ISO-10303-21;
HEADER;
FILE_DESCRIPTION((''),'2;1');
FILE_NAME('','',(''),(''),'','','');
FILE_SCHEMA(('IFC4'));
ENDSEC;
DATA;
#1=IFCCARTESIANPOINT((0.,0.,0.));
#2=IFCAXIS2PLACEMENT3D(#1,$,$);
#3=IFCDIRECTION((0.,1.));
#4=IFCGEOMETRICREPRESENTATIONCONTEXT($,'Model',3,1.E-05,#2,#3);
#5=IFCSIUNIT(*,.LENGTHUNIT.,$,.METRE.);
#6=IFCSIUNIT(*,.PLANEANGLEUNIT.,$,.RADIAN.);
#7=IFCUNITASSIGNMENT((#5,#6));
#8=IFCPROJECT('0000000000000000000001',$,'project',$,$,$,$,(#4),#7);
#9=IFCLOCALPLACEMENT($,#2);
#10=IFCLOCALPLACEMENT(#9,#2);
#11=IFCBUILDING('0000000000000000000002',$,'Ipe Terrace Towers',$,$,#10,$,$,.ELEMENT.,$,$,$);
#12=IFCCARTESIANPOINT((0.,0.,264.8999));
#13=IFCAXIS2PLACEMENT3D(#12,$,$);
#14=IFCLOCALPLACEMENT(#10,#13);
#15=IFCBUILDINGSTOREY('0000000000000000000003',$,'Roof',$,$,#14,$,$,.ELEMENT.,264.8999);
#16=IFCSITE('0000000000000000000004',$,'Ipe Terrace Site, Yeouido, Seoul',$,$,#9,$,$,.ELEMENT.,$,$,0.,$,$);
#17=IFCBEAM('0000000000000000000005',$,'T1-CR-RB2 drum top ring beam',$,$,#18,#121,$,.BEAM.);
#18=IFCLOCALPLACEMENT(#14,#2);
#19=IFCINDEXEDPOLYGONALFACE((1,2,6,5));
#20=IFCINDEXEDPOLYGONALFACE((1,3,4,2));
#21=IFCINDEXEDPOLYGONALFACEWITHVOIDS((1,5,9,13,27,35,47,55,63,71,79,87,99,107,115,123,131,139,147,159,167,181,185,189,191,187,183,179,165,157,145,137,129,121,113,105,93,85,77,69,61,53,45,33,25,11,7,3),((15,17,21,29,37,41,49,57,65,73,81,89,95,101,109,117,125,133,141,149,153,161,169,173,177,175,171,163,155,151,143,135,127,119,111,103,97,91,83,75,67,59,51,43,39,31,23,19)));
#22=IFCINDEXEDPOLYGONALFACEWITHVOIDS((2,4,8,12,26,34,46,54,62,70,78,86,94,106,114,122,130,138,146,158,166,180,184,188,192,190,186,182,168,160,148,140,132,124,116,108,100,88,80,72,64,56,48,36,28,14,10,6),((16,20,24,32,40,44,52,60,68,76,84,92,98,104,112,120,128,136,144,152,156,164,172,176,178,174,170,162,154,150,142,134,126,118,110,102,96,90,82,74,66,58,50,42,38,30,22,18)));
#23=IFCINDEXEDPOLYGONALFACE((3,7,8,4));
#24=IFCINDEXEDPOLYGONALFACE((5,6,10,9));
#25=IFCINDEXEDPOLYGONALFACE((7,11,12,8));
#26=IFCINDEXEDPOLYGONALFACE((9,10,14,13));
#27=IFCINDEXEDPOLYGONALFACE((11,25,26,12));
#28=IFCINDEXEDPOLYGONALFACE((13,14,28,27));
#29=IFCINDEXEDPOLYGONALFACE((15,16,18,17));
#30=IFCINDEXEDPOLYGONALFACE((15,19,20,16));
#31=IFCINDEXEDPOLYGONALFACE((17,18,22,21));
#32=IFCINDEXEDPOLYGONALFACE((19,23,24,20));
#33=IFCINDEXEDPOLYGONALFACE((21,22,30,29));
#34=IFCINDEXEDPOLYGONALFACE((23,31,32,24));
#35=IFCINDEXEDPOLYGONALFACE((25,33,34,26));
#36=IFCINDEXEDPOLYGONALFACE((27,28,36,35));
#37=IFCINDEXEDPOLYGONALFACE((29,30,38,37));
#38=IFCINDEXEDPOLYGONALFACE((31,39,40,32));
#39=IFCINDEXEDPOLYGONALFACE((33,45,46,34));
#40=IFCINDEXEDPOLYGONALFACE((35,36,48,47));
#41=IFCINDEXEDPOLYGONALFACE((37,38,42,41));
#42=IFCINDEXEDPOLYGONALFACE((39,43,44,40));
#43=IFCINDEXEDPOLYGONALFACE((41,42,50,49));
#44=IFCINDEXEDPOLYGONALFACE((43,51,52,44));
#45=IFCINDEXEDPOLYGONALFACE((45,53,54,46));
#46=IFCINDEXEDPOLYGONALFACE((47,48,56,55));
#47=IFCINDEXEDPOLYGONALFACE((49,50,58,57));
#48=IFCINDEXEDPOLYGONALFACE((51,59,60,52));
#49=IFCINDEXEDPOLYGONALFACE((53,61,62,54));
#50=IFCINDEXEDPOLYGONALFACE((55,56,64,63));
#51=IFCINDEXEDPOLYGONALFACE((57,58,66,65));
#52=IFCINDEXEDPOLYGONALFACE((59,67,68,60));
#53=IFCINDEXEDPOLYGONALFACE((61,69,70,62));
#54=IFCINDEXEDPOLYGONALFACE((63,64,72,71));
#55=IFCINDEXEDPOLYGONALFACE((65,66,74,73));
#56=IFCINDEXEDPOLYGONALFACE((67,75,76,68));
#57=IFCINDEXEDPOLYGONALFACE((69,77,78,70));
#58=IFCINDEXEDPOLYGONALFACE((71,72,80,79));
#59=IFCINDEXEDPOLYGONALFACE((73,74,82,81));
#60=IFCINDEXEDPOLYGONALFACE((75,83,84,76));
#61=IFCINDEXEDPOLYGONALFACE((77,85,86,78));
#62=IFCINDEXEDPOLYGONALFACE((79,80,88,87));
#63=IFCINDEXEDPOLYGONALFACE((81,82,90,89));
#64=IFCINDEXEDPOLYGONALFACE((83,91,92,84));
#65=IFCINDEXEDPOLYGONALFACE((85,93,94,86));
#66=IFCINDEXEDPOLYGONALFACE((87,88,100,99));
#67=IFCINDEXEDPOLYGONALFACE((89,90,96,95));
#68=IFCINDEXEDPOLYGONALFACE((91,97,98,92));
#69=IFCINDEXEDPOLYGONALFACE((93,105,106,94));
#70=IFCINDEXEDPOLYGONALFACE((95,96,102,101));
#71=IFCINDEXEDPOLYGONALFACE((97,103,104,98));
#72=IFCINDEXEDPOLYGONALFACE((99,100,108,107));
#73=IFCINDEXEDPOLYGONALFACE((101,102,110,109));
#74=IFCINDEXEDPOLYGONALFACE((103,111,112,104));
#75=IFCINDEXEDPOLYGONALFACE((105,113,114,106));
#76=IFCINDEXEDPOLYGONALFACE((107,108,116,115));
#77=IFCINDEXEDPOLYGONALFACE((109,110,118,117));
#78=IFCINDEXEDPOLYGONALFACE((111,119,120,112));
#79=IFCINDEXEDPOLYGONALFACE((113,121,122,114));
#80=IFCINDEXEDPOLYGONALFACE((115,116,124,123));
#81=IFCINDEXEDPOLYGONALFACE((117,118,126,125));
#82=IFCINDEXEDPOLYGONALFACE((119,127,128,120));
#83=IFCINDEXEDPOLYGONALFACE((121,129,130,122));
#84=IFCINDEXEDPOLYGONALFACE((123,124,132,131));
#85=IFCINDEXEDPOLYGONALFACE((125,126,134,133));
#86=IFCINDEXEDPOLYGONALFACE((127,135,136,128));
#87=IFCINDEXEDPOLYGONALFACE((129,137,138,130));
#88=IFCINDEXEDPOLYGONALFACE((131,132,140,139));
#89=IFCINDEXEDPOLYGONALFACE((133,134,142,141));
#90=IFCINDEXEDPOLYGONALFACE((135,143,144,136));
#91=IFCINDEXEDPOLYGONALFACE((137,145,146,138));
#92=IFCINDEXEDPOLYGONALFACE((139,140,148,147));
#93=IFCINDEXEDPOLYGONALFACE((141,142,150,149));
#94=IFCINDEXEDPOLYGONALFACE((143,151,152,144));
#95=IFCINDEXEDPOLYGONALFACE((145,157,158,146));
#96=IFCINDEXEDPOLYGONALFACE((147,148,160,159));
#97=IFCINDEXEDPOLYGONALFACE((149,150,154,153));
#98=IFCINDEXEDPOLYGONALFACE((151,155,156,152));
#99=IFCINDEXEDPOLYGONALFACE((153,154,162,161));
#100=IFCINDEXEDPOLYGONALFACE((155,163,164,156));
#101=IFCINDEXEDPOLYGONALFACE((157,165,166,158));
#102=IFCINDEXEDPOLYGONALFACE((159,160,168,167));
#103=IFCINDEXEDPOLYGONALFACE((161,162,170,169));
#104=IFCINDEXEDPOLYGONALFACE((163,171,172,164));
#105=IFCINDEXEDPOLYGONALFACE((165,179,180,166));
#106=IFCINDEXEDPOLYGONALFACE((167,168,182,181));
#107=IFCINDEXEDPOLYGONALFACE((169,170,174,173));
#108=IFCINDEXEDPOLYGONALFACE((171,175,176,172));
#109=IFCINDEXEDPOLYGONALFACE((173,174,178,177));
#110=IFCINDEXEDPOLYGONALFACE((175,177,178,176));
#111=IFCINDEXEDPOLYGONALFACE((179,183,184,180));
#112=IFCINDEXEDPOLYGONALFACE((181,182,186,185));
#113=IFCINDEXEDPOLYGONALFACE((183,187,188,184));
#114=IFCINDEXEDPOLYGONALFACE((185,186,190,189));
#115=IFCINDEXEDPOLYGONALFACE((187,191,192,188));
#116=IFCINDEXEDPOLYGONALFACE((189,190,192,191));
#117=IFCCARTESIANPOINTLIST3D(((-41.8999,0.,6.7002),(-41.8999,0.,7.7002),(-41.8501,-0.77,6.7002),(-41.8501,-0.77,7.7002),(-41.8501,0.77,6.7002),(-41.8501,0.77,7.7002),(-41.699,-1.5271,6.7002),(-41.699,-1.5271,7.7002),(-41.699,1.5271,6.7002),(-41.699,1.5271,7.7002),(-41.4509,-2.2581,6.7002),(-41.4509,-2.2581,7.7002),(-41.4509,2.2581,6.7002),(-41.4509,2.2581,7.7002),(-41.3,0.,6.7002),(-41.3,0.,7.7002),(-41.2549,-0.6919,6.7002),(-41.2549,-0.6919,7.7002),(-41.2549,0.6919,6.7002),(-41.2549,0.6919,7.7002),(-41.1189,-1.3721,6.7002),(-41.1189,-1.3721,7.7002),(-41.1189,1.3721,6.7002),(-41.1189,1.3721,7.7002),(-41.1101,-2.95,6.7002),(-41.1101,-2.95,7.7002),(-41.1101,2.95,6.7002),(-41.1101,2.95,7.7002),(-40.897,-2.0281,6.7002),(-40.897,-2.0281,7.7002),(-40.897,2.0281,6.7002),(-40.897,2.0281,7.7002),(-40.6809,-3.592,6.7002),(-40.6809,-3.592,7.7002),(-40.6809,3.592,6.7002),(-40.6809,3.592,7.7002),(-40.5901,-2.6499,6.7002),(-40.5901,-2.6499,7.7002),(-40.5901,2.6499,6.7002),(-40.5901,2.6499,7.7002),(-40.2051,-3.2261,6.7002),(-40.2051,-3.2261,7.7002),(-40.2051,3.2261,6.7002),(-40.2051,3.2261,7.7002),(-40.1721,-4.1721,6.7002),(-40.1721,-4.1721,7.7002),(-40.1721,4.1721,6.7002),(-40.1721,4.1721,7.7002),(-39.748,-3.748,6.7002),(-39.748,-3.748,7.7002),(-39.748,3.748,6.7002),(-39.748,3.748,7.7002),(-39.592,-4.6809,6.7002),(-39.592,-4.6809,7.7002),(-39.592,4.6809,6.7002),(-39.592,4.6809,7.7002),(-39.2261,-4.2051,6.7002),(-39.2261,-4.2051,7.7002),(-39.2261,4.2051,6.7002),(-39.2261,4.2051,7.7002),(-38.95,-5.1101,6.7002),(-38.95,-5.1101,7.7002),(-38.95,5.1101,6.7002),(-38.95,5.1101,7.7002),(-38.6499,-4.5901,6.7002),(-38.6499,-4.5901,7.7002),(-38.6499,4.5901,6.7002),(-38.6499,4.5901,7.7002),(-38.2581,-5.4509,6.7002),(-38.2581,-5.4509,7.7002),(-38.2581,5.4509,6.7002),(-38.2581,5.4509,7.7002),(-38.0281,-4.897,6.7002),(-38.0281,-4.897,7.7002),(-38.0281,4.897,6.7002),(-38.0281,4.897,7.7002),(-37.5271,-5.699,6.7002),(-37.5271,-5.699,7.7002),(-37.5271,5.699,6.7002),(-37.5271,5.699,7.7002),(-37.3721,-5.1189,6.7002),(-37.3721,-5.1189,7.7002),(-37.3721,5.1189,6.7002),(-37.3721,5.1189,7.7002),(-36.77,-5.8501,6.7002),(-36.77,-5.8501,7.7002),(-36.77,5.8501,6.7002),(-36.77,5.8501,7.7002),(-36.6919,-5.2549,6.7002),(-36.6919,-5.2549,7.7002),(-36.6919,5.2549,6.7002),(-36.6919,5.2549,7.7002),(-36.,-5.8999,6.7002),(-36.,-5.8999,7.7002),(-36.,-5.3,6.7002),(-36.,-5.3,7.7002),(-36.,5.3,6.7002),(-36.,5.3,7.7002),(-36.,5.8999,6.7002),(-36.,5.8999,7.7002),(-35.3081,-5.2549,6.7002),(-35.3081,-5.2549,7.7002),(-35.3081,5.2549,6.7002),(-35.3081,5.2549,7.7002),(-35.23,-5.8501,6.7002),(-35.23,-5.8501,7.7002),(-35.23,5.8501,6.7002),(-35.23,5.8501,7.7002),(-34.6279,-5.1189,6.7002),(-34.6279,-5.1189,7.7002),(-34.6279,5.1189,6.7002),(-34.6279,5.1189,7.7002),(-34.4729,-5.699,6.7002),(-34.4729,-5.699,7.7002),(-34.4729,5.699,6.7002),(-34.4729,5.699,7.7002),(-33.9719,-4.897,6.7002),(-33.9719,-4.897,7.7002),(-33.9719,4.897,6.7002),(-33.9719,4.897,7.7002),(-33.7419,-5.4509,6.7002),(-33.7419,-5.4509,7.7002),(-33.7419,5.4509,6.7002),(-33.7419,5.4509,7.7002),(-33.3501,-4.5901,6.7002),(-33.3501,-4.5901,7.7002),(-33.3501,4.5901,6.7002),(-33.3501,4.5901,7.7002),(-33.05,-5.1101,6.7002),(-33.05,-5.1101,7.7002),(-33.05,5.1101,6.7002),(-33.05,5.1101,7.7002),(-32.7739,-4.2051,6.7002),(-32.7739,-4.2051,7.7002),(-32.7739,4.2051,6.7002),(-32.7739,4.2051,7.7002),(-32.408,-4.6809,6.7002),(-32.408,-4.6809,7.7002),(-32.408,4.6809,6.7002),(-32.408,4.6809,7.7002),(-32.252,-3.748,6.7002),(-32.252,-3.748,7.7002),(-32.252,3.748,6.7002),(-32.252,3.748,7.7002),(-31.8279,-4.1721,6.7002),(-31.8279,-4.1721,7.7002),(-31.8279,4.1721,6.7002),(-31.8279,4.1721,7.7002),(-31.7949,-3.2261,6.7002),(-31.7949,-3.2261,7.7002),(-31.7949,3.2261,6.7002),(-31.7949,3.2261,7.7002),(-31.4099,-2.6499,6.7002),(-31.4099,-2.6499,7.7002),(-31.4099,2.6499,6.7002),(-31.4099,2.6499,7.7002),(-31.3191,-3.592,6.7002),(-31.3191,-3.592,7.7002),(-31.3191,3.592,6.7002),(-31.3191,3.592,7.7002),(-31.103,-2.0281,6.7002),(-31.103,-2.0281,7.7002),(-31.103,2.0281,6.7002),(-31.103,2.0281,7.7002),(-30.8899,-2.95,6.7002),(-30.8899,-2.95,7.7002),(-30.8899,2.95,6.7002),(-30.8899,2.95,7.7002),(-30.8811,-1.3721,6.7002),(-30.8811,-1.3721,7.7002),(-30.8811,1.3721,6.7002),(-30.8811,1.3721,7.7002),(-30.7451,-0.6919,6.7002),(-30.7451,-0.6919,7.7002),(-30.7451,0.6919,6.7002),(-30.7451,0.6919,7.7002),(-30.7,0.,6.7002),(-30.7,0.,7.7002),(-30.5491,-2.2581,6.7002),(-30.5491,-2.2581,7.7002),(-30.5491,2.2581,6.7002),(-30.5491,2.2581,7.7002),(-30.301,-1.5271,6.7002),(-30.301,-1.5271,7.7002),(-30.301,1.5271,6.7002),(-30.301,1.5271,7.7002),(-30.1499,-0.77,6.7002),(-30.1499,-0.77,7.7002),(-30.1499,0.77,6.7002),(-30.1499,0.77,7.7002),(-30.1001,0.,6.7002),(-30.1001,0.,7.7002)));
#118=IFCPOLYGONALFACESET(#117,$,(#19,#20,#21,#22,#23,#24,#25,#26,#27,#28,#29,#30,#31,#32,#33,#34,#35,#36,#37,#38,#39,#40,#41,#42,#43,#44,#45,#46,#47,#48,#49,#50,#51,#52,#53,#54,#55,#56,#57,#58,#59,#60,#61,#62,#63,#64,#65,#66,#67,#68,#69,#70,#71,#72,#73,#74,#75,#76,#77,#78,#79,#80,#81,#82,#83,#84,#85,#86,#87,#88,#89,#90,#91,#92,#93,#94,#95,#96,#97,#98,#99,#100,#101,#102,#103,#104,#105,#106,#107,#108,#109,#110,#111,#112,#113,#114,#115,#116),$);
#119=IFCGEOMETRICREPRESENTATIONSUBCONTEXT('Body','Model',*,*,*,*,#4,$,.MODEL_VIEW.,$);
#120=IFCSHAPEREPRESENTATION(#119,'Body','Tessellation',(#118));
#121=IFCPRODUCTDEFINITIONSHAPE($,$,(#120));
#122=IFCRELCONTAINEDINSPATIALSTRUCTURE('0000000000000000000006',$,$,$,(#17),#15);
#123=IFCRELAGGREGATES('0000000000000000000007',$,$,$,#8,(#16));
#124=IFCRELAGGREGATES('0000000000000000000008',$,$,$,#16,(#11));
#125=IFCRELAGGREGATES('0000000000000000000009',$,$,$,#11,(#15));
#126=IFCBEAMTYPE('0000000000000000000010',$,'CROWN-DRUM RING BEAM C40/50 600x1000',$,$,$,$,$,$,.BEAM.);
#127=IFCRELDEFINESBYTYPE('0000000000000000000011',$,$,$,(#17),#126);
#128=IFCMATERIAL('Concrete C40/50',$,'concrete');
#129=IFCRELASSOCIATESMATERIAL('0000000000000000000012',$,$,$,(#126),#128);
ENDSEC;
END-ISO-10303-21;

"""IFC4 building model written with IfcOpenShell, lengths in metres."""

from ifc_helpers import new_model, si_unit, direction, frame, origin, place, context, subcontext, project, spatial, polyline, outline, extrude, material, type_object, element, save


model = new_model("IFC4")

# Units and contexts
model_context = context("Model", 3, precision=1e-05, world=origin(), true_north=direction((0.0, 1.0)))
body_context = subcontext(model_context, "Body", "Model", "MODEL_VIEW")
ifc_project = project(units=[si_unit("LENGTHUNIT", "METRE"), si_unit("PLANEANGLEUNIT", "RADIAN")], contexts=[model_context])

# Site, building, storey
site_placement = place(None, origin())
site = spatial("IfcSite", under=ifc_project, at=site_placement, Name="Ipe Terrace Site, Yeouido, Seoul", CompositionType="ELEMENT", RefElevation=0.0)
building_placement = place(site_placement, origin())
building = spatial("IfcBuilding", under=site, at=building_placement, Name="Ipe Terrace Towers", CompositionType="ELEMENT")
storey_placement = place(building_placement, frame((0.0, 0.0, 264.8999)))
storey = spatial("IfcBuildingStorey", under=building, at=storey_placement, Name="Roof", CompositionType="ELEMENT", Elevation=264.8999)

# Beam
ifc_material_1 = material(Name="Concrete C40/50", Category="concrete")
beam_type_1 = type_object("IfcBeamType", Name="CROWN-DRUM RING BEAM C40/50 600x1000", PredefinedType="BEAM", material=ifc_material_1)
beam_1_placement = place(storey_placement, frame((0.0, 0.0, 6.7002)))
element("IfcBeam", 1, at=beam_1_placement, inside=storey, type_object=beam_type_1, Name="T1-CR-RB2 drum top ring beam", PredefinedType="BEAM", context=body_context, shape_type="SweptSolid", body=[
    extrude(outline(polyline([(-30.1001, 0.0), (-30.1499, 0.77), (-30.301, 1.5271), (-30.5491, 2.2581), (-30.8899, 2.95), (-31.3191, 3.592), (-31.8279, 4.1721), (-32.408, 4.6809), (-33.05, 5.1101), (-33.7419, 5.4509), (-34.4729, 5.699), (-35.23, 5.8501), (-36.0, 5.8999), (-36.77, 5.8501), (-37.5271, 5.699), (-38.2581, 5.4509), (-38.95, 5.1101), (-39.592, 4.6809), (-40.1721, 4.1721), (-40.6809, 3.592), (-41.1101, 2.95), (-41.4509, 2.2581), (-41.699, 1.5271), (-41.8501, 0.77), (-41.8999, 0.0), (-41.8501, -0.77), (-41.699, -1.5271), (-41.4509, -2.2581), (-41.1101, -2.95), (-40.6809, -3.592), (-40.1721, -4.1721), (-39.592, -4.6809), (-38.95, -5.1101), (-38.2581, -5.4509), (-37.5271, -5.699), (-36.77, -5.8501), (-36.0, -5.8999), (-35.23, -5.8501), (-34.4729, -5.699), (-33.7419, -5.4509), (-33.05, -5.1101), (-32.408, -4.6809), (-31.8279, -4.1721), (-31.3191, -3.592), (-30.8899, -2.95), (-30.5491, -2.2581), (-30.301, -1.5271), (-30.1499, -0.77), (-30.1001, 0.0)]), holes=[polyline([(-30.7, 0.0), (-30.7451, 0.6919), (-30.8811, 1.3721), (-31.103, 2.0281), (-31.4099, 2.6499), (-31.7949, 3.2261), (-32.252, 3.748), (-32.7739, 4.2051), (-33.3501, 4.5901), (-33.9719, 4.897), (-34.6279, 5.1189), (-35.3081, 5.2549), (-36.0, 5.3), (-36.6919, 5.2549), (-37.3721, 5.1189), (-38.0281, 4.897), (-38.6499, 4.5901), (-39.2261, 4.2051), (-39.748, 3.748), (-40.2051, 3.2261), (-40.5901, 2.6499), (-40.897, 2.0281), (-41.1189, 1.3721), (-41.2549, 0.6919), (-41.3, 0.0), (-41.2549, -0.6919), (-41.1189, -1.3721), (-40.897, -2.0281), (-40.5901, -2.6499), (-40.2051, -3.2261), (-39.748, -3.748), (-39.2261, -4.2051), (-38.6499, -4.5901), (-38.0281, -4.897), (-37.3721, -5.1189), (-36.6919, -5.2549), (-36.0, -5.3), (-35.3081, -5.2549), (-34.6279, -5.1189), (-33.9719, -4.897), (-33.3501, -4.5901), (-32.7739, -4.2051), (-32.252, -3.748), (-31.7949, -3.2261), (-31.4099, -2.6499), (-31.103, -2.0281), (-30.8811, -1.3721), (-30.7451, -0.6919), (-30.7, 0.0)])]), origin(), (0.0, 0.0, 1.0), 1.0),
])

save(model, "model.ifc")
